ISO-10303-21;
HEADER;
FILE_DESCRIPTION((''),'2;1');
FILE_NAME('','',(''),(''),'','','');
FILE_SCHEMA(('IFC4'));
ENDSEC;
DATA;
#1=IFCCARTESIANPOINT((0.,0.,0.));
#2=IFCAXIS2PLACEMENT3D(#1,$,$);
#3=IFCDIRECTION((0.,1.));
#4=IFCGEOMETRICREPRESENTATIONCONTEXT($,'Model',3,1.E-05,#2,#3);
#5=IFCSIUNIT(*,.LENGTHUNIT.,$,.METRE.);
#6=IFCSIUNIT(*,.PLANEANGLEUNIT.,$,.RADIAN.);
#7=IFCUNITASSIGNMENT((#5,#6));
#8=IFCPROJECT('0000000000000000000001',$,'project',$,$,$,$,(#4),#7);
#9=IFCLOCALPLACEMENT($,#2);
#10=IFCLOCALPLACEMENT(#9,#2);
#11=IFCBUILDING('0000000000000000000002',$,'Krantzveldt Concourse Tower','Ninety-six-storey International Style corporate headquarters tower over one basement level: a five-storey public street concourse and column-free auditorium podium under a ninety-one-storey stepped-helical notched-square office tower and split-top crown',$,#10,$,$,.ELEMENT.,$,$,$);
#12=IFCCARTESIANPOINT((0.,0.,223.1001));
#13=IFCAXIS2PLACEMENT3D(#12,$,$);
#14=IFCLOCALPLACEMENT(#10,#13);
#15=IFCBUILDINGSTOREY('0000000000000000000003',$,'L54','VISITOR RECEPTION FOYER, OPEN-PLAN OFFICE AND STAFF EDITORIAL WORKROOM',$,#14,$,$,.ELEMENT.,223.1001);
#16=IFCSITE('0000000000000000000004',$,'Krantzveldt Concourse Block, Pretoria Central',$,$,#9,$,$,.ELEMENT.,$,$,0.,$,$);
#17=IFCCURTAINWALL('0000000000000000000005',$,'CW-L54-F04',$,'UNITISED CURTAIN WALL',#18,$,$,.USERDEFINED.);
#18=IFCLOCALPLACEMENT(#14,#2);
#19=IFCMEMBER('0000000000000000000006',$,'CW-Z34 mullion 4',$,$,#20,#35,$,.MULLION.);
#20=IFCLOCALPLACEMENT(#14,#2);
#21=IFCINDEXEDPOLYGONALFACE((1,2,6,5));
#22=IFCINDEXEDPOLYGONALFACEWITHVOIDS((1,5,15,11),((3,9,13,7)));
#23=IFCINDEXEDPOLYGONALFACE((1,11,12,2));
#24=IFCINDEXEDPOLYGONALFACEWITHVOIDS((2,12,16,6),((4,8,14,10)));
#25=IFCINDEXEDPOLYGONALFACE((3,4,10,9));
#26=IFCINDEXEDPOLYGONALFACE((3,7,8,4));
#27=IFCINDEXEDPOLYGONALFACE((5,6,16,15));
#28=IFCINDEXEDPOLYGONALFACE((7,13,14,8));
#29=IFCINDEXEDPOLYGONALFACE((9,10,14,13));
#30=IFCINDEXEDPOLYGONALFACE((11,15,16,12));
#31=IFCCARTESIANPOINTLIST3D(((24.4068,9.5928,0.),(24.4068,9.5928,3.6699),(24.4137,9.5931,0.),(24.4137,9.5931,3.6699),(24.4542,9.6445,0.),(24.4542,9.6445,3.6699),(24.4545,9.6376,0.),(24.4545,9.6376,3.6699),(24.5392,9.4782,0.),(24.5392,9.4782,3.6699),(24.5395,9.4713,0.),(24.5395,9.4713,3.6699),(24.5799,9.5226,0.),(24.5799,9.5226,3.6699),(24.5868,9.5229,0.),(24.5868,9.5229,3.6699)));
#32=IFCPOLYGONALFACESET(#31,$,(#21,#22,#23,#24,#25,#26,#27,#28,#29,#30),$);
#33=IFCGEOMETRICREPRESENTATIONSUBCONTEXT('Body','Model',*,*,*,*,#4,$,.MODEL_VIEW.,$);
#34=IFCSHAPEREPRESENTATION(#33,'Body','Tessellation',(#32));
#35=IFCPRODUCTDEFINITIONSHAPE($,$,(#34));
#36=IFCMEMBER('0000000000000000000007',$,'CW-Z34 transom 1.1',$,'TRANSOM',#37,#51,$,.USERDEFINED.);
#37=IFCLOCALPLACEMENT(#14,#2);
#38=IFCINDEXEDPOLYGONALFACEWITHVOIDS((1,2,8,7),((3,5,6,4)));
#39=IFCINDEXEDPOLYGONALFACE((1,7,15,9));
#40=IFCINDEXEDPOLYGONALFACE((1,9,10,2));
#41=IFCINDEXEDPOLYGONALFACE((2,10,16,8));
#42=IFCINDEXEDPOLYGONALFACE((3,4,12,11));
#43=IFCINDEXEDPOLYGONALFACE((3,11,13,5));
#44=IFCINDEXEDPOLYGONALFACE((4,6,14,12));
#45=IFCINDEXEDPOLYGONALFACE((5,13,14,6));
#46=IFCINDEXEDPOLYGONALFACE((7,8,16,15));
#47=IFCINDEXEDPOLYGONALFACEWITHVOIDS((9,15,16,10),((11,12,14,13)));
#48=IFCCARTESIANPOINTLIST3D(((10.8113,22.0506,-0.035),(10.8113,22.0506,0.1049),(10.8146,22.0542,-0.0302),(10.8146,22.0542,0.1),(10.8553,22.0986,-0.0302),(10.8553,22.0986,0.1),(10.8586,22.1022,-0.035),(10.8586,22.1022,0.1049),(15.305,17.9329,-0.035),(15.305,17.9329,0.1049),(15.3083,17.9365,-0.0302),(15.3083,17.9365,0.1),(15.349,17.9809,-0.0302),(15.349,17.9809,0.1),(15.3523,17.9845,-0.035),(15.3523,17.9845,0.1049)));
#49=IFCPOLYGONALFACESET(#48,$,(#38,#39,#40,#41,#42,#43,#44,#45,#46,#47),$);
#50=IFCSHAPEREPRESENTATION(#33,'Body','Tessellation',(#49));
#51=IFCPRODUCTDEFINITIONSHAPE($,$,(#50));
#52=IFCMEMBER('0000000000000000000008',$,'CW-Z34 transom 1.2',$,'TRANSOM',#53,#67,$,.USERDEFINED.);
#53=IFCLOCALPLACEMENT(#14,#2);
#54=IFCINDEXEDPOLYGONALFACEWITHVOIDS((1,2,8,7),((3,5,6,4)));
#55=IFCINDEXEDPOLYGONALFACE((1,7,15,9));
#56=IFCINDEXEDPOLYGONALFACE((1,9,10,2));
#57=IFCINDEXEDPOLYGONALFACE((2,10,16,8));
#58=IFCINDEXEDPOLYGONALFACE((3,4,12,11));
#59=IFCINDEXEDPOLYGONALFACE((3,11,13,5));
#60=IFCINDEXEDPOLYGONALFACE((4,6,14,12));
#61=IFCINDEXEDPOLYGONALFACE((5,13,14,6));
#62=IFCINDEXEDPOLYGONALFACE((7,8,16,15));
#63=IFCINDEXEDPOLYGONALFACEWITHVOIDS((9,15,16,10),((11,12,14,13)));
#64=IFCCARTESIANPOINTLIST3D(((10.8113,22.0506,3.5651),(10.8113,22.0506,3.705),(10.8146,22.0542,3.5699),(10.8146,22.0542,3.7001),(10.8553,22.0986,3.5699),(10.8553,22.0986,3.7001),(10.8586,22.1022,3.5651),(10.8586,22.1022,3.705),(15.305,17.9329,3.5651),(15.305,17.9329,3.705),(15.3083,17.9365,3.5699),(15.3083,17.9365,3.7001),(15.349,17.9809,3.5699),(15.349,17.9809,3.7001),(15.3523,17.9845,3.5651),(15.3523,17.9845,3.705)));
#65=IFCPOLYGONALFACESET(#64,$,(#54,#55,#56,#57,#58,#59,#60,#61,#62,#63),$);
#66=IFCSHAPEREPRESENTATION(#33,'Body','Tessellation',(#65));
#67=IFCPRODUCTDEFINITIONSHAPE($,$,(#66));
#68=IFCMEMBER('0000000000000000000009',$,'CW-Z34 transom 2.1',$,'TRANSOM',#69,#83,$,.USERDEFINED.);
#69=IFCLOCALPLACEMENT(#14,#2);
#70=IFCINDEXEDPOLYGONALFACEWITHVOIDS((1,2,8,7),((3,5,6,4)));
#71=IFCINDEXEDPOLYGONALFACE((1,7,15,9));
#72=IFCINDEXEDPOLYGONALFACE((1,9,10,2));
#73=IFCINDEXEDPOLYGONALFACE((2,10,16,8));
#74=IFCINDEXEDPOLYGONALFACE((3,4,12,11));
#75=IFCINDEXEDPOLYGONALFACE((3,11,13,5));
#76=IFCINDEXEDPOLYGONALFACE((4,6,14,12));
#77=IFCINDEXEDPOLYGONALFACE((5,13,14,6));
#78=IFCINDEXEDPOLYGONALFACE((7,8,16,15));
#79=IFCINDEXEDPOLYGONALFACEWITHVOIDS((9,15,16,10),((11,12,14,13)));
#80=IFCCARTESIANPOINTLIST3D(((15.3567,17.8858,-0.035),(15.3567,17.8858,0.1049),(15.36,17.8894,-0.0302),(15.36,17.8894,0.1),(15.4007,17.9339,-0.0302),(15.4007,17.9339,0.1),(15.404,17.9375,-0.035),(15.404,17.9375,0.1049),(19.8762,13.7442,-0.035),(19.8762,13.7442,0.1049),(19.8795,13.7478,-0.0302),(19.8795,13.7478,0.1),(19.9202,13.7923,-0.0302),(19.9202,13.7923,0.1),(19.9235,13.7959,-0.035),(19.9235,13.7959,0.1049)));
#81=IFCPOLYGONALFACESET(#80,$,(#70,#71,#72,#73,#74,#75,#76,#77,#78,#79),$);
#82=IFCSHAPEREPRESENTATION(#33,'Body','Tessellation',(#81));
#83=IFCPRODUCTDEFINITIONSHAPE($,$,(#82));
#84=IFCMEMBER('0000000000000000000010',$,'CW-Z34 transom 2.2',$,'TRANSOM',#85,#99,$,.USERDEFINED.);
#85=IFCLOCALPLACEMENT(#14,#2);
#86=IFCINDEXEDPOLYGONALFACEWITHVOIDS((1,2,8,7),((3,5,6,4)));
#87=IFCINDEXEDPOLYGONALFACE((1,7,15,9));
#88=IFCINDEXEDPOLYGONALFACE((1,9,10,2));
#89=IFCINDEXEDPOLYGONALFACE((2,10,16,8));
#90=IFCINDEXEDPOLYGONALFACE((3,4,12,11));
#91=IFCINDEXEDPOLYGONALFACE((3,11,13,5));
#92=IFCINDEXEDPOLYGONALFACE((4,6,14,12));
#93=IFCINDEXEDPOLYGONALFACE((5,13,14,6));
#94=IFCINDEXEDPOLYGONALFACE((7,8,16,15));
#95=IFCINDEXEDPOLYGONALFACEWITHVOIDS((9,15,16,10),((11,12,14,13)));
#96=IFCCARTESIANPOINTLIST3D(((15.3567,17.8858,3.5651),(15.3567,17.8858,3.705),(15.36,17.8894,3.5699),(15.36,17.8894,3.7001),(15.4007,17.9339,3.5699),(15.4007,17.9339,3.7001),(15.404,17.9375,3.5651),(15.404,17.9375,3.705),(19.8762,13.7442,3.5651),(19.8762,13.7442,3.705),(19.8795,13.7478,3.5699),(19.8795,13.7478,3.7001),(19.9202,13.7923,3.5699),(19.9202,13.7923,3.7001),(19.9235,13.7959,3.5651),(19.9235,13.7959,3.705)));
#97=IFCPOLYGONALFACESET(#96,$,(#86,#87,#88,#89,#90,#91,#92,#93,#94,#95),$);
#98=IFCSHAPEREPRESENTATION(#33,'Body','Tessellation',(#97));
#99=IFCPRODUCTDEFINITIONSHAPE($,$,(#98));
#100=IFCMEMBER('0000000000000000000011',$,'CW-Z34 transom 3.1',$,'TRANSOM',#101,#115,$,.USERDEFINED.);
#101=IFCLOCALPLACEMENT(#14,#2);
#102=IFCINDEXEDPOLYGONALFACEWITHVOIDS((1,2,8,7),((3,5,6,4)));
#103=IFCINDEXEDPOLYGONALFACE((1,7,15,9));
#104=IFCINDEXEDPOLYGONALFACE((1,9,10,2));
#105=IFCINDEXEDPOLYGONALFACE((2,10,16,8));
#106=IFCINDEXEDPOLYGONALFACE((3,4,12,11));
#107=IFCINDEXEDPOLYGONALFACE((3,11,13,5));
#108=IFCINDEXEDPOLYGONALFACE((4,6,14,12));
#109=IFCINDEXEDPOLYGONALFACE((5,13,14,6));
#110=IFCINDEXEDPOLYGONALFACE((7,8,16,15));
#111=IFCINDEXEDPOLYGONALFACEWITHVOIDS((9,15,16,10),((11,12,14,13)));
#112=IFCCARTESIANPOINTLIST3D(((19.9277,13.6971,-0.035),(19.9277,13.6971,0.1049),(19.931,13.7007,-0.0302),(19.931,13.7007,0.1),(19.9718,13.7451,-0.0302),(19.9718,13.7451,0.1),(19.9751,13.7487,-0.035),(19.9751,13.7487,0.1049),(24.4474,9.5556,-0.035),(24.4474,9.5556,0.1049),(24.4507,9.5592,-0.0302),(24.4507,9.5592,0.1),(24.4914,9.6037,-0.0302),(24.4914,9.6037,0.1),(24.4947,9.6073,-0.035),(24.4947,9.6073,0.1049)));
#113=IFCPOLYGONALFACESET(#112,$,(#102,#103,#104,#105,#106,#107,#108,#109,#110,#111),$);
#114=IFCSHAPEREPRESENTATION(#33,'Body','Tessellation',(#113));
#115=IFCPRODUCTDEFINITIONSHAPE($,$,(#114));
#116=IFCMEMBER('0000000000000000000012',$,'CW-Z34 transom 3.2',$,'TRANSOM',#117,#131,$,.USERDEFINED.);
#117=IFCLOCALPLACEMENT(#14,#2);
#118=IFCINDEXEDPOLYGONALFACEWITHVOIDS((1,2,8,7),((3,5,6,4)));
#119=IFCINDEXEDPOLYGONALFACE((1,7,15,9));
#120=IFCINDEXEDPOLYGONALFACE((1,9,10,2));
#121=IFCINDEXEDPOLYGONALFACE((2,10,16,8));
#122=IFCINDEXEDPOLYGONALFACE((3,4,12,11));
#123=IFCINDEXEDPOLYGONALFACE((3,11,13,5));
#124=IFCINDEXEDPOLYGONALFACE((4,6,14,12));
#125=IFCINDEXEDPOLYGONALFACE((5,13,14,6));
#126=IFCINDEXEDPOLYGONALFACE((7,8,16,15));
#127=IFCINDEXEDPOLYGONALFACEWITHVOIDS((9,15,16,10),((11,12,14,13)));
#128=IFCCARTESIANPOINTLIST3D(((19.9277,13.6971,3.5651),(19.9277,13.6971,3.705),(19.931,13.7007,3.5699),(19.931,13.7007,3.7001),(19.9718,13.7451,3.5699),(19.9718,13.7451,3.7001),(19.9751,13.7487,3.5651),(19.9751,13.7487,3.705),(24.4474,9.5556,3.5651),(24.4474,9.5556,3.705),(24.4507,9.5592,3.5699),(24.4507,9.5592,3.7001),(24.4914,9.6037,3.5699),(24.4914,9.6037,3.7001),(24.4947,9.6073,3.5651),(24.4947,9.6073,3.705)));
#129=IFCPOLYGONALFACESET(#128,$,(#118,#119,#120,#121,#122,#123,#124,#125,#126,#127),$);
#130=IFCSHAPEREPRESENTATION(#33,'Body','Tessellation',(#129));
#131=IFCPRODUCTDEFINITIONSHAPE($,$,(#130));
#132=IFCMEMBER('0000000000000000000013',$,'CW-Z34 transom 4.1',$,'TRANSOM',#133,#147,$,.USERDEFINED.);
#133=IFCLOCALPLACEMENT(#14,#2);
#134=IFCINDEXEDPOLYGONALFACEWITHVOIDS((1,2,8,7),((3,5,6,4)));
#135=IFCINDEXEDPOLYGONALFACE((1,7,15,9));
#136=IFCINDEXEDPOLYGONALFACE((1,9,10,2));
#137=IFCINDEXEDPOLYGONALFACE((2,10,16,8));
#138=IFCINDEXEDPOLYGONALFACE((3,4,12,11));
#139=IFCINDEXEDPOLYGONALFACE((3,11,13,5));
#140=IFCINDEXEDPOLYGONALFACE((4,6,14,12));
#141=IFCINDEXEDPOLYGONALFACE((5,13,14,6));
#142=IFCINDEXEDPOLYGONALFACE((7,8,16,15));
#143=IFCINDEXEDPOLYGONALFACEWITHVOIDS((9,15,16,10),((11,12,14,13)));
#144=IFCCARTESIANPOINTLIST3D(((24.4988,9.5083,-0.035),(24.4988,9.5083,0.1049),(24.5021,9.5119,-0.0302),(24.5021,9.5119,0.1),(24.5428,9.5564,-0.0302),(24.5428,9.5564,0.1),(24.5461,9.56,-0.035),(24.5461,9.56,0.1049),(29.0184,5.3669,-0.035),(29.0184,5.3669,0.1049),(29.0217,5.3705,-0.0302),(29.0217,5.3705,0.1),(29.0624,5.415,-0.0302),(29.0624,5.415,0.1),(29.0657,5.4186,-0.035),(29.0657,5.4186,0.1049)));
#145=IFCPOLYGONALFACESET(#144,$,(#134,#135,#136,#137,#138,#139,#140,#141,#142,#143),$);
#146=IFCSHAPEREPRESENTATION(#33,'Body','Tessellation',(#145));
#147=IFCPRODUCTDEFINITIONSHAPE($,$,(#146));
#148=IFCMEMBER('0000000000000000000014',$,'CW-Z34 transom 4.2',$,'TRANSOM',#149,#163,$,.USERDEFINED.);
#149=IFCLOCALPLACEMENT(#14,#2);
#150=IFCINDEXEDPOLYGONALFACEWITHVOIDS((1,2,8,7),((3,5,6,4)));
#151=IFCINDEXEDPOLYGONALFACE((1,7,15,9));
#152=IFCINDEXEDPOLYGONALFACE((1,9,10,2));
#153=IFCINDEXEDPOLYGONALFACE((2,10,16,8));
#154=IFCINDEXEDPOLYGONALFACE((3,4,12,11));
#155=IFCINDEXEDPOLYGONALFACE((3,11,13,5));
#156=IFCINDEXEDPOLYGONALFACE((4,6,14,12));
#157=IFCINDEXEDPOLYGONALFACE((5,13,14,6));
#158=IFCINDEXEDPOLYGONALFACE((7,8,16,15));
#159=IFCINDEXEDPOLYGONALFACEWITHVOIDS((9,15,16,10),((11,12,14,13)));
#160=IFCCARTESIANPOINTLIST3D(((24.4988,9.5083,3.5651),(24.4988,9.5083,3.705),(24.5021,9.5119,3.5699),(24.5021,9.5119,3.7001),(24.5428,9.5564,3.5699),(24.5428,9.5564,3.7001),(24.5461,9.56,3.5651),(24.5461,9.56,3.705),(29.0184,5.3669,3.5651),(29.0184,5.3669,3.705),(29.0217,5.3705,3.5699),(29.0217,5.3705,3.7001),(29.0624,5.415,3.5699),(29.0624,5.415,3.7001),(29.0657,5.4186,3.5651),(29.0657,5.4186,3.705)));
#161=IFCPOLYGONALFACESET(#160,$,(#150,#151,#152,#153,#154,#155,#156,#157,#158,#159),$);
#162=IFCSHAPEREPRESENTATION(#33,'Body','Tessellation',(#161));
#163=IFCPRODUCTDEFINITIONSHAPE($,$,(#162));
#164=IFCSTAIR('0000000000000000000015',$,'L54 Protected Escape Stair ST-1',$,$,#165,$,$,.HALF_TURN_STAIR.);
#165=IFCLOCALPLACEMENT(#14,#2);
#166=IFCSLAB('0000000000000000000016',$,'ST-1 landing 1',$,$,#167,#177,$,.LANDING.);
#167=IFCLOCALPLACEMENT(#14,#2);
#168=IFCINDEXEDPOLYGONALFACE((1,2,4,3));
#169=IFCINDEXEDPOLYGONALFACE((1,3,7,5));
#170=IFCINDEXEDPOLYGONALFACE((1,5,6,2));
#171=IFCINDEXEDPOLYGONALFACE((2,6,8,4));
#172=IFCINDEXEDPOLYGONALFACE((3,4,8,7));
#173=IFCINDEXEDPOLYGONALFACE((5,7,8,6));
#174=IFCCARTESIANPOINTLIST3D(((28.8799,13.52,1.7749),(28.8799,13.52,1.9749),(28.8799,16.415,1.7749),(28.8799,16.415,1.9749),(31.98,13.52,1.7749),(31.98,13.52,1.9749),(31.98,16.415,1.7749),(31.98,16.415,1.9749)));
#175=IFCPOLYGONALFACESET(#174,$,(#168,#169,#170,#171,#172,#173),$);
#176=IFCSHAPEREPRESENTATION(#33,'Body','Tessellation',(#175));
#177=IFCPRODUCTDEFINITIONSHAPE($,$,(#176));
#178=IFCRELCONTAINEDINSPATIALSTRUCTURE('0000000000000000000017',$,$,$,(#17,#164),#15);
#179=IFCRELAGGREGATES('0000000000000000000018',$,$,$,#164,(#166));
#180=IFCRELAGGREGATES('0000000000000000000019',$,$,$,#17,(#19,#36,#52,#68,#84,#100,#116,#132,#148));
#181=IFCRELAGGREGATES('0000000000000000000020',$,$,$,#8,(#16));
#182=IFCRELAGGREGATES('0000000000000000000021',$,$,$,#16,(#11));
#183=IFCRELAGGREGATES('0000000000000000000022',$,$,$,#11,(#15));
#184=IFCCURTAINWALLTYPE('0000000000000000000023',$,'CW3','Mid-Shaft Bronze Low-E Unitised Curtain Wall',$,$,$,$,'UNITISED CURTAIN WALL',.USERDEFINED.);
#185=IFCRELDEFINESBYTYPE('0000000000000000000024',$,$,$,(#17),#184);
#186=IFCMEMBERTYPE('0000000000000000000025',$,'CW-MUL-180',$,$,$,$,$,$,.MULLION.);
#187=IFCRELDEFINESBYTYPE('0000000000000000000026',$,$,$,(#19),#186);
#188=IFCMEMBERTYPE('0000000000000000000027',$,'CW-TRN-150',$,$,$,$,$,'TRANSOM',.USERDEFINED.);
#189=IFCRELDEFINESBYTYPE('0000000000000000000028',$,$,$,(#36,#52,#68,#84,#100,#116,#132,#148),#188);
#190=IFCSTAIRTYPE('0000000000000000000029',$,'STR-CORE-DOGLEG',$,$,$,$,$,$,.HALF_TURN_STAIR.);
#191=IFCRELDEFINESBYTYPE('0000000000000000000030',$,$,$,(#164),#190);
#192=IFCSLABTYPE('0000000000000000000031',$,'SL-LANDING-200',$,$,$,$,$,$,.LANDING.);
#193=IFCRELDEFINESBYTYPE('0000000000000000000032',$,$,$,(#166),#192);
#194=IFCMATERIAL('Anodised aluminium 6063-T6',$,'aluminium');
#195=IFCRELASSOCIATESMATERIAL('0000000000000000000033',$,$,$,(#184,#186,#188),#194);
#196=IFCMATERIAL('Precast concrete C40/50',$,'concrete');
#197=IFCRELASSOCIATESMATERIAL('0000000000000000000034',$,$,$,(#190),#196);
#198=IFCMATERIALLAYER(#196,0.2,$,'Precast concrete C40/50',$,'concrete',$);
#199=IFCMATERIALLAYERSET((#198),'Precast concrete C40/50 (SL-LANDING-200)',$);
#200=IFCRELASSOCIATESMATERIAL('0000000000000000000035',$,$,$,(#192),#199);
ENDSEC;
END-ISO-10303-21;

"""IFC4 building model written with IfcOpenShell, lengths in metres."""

from ifc_helpers import new_model, si_unit, direction, frame, origin, origin_2d, place, context, subcontext, project, spatial, polyline, hollow_rectangle, outline, extrude, source, transform, mapped, material, layer, layer_set, material_profile, profile_set, type_object, type_shapes, element, aggregate, save


model = new_model("IFC4")

# Units and contexts
model_context = context("Model", 3, precision=1e-05, world=origin(), true_north=direction((0.0, 1.0)))
body_context = subcontext(model_context, "Body", "Model", "MODEL_VIEW")
ifc_project = project(units=[si_unit("LENGTHUNIT", "METRE"), si_unit("PLANEANGLEUNIT", "RADIAN")], contexts=[model_context])

# Site, building, storey
site_placement = place(None, origin())
site = spatial("IfcSite", under=ifc_project, at=site_placement, Name="Krantzveldt Concourse Block, Pretoria Central", CompositionType="ELEMENT", RefElevation=0.0)
building_placement = place(site_placement, origin())
building = spatial("IfcBuilding", under=site, at=building_placement, Name="Krantzveldt Concourse Tower", Description="Ninety-six-storey International Style corporate headquarters tower over one basement level: a five-storey public street concourse and column-free auditorium podium under a ninety-one-storey stepped-helical notched-square office tower and split-top crown", CompositionType="ELEMENT")
storey_placement = place(building_placement, frame((0.0, 0.0, 223.1001)))
storey = spatial("IfcBuildingStorey", under=building, at=storey_placement, Name="L54", Description="VISITOR RECEPTION FOYER, OPEN-PLAN OFFICE AND STAFF EDITORIAL WORKROOM", CompositionType="ELEMENT", Elevation=223.1001)

# Curtain wall, members
ifc_material_1 = material(Name="Anodised aluminium 6063-T6", Category="aluminium")
curtain_wall_type = type_object("IfcCurtainWallType", Name="CW3", Description="Mid-Shaft Bronze Low-E Unitised Curtain Wall", ElementType="UNITISED CURTAIN WALL", PredefinedType="USERDEFINED", material=ifc_material_1)
curtain_wall_placement = place(storey_placement, origin())
curtain_wall = element("IfcCurtainWall", 1, at=curtain_wall_placement, inside=storey, type_object=curtain_wall_type, Name="CW-L54-F04", ObjectType="UNITISED CURTAIN WALL", PredefinedType="USERDEFINED")
ifc_material_profile_1 = material_profile(ifc_material_1, hollow_rectangle(XDim=0.0701, YDim=0.1799, WallThickness=0.0049, at=origin_2d()), Name="Anodised aluminium 6063-T6", Category="aluminium")
ifc_profile_set_1 = profile_set([ifc_material_profile_1], Name="Anodised aluminium 6063-T6 - ALU-MULL 180x70x5")
member_type_1 = type_object("IfcMemberType", Name="CW-MUL-180", PredefinedType="MULLION", material=ifc_profile_set_1)
shared_shape_1 = source(origin(), body_context, "Body", "SweptSolid", [
    extrude(hollow_rectangle(XDim=0.0701, YDim=0.1799, WallThickness=0.0049, at=origin_2d()), origin(), (0.0, 0.0, 1.0), 3.6699),
])
type_shapes(member_type_1, [shared_shape_1])
member_1_placement = place(storey_placement, frame((24.4968, 9.5579, 0.0), z_axis=(0.0, 0.0, 1.0), x_axis=(0.67559, 0.737277, 0.0)))
member_1 = element("IfcMember", 2, at=member_1_placement, type_object=member_type_1, Name="CW-Z34 mullion 4", PredefinedType="MULLION", context=body_context, shape_type="MappedRepresentation", body=[
    mapped(shared_shape_1, transform((0.0, 0.0, 0.0), x_axis=(1.0, 0.0, 0.0), y_axis=(0.0, 1.0, 0.0), z_axis=(0.0, 0.0, 1.0), scale=1.0)),
])
ifc_material_profile_2 = material_profile(ifc_material_1, hollow_rectangle(XDim=0.0701, YDim=0.1399, WallThickness=0.0049, at=origin_2d()), Name="Anodised aluminium 6063-T6", Category="aluminium")
ifc_profile_set_2 = profile_set([ifc_material_profile_2], Name="Anodised aluminium 6063-T6 - ALU-TRAN 140x70x5")
member_type_2 = type_object("IfcMemberType", Name="CW-TRN-150", ElementType="TRANSOM", PredefinedType="USERDEFINED", material=ifc_profile_set_2)
shared_shape_2 = source(origin(), body_context, "Body", "SweptSolid", [
    extrude(hollow_rectangle(XDim=0.0701, YDim=0.1399, WallThickness=0.0049, at=origin_2d()), origin(), (0.0, 0.0, 1.0), 6.095),
])
member_2_placement = place(storey_placement, frame((10.835, 22.0764, 0.0349), z_axis=(0.737277, -0.67559, 0.0), x_axis=(0.67559, 0.737277, 0.0)))
member_2 = element("IfcMember", 3, at=member_2_placement, type_object=member_type_2, Name="CW-Z34 transom 1.1", ObjectType="TRANSOM", PredefinedType="USERDEFINED", context=body_context, shape_type="MappedRepresentation", body=[
    mapped(shared_shape_2, transform((0.0, 0.0, 0.0), x_axis=(1.0, 0.0, 0.0), y_axis=(0.0, 1.0, 0.0), z_axis=(0.0, 0.0, 1.0), scale=1.0)),
])
member_3_placement = place(storey_placement, frame((10.835, 22.0764, 3.635), z_axis=(0.737277, -0.67559, 0.0), x_axis=(0.67559, 0.737277, 0.0)))
member_3 = element("IfcMember", 4, at=member_3_placement, type_object=member_type_2, Name="CW-Z34 transom 1.2", ObjectType="TRANSOM", PredefinedType="USERDEFINED", context=body_context, shape_type="MappedRepresentation", body=[
    mapped(shared_shape_2, transform((0.0, 0.0, 0.0), x_axis=(1.0, 0.0, 0.0), y_axis=(0.0, 1.0, 0.0), z_axis=(0.0, 0.0, 1.0), scale=1.0)),
])
shared_shape_3 = source(origin(), body_context, "Body", "SweptSolid", [
    extrude(hollow_rectangle(XDim=0.0701, YDim=0.1399, WallThickness=0.0049, at=origin_2d()), origin(), (0.0, 0.0, 1.0), 6.1301),
])
type_shapes(member_type_2, [shared_shape_2, shared_shape_3])
member_4_placement = place(storey_placement, frame((15.3804, 17.9116, 0.0349), z_axis=(0.73726, -0.675609, 0.0), x_axis=(0.675609, 0.73726, 0.0)))
member_4 = element("IfcMember", 5, at=member_4_placement, type_object=member_type_2, Name="CW-Z34 transom 2.1", ObjectType="TRANSOM", PredefinedType="USERDEFINED", context=body_context, shape_type="MappedRepresentation", body=[
    mapped(shared_shape_3, transform((0.0, 0.0, 0.0), x_axis=(1.0, 0.0, 0.0), y_axis=(0.0, 1.0, 0.0), z_axis=(0.0, 0.0, 1.0), scale=1.0)),
])
member_5_placement = place(storey_placement, frame((15.3804, 17.9116, 3.635), z_axis=(0.73726, -0.675609, 0.0), x_axis=(0.675609, 0.73726, 0.0)))
member_5 = element("IfcMember", 6, at=member_5_placement, type_object=member_type_2, Name="CW-Z34 transom 2.2", ObjectType="TRANSOM", PredefinedType="USERDEFINED", context=body_context, shape_type="MappedRepresentation", body=[
    mapped(shared_shape_3, transform((0.0, 0.0, 0.0), x_axis=(1.0, 0.0, 0.0), y_axis=(0.0, 1.0, 0.0), z_axis=(0.0, 0.0, 1.0), scale=1.0)),
])
member_6_placement = place(storey_placement, frame((19.9514, 13.7229, 0.0349), z_axis=(0.73728, -0.675588, 0.0), x_axis=(0.675588, 0.73728, 0.0)))
member_6 = element("IfcMember", 7, at=member_6_placement, type_object=member_type_2, Name="CW-Z34 transom 3.1", ObjectType="TRANSOM", PredefinedType="USERDEFINED", context=body_context, shape_type="MappedRepresentation", body=[
    mapped(shared_shape_3, transform((0.0, 0.0, 0.0), x_axis=(1.0, 0.0, 0.0), y_axis=(0.0, 1.0, 0.0), z_axis=(0.0, 0.0, 1.0), scale=1.0)),
])
member_7_placement = place(storey_placement, frame((19.9514, 13.7229, 3.635), z_axis=(0.73728, -0.675588, 0.0), x_axis=(0.675588, 0.73728, 0.0)))
member_7 = element("IfcMember", 8, at=member_7_placement, type_object=member_type_2, Name="CW-Z34 transom 3.2", ObjectType="TRANSOM", PredefinedType="USERDEFINED", context=body_context, shape_type="MappedRepresentation", body=[
    mapped(shared_shape_3, transform((0.0, 0.0, 0.0), x_axis=(1.0, 0.0, 0.0), y_axis=(0.0, 1.0, 0.0), z_axis=(0.0, 0.0, 1.0), scale=1.0)),
])
member_8_placement = place(storey_placement, frame((24.5225, 9.5342, 0.0349), z_axis=(0.73728, -0.675588, 0.0), x_axis=(0.675588, 0.73728, 0.0)))
member_8 = element("IfcMember", 9, at=member_8_placement, type_object=member_type_2, Name="CW-Z34 transom 4.1", ObjectType="TRANSOM", PredefinedType="USERDEFINED", context=body_context, shape_type="MappedRepresentation", body=[
    mapped(shared_shape_3, transform((0.0, 0.0, 0.0), x_axis=(1.0, 0.0, 0.0), y_axis=(0.0, 1.0, 0.0), z_axis=(0.0, 0.0, 1.0), scale=1.0)),
])
member_9_placement = place(storey_placement, frame((24.5225, 9.5342, 3.635), z_axis=(0.73728, -0.675588, 0.0), x_axis=(0.675588, 0.73728, 0.0)))
member_9 = element("IfcMember", 10, at=member_9_placement, type_object=member_type_2, Name="CW-Z34 transom 4.2", ObjectType="TRANSOM", PredefinedType="USERDEFINED", context=body_context, shape_type="MappedRepresentation", body=[
    mapped(shared_shape_3, transform((0.0, 0.0, 0.0), x_axis=(1.0, 0.0, 0.0), y_axis=(0.0, 1.0, 0.0), z_axis=(0.0, 0.0, 1.0), scale=1.0)),
])

# Stair, slab
ifc_material_2 = material(Name="Precast concrete C40/50", Category="concrete")
stair_type = type_object("IfcStairType", Name="STR-CORE-DOGLEG", PredefinedType="HALF_TURN_STAIR", material=ifc_material_2)
stair_1_placement = place(storey_placement, origin())
stair_1 = element("IfcStair", 11, at=stair_1_placement, inside=storey, type_object=stair_type, Name="L54 Protected Escape Stair ST-1", PredefinedType="HALF_TURN_STAIR")
ifc_layer_1 = layer(ifc_material_2, 0.2, Name="Precast concrete C40/50", Category="concrete")
ifc_layer_set_1 = layer_set([ifc_layer_1], Name="Precast concrete C40/50 (SL-LANDING-200)")
slab_type_1 = type_object("IfcSlabType", Name="SL-LANDING-200", PredefinedType="LANDING", material=ifc_layer_set_1)
slab_1_placement = place(storey_placement, frame((0.0, 0.0, 1.7749)))
slab_1 = element("IfcSlab", 12, at=slab_1_placement, type_object=slab_type_1, Name="ST-1 landing 1", PredefinedType="LANDING", context=body_context, shape_type="SweptSolid", body=[
    extrude(outline(polyline([(28.8799, 16.415), (28.8799, 13.52), (31.98, 13.52), (31.98, 16.415), (28.8799, 16.415)])), origin(), (0.0, 0.0, 1.0), 0.2),
])
aggregate(stair_1, [slab_1])

aggregate(curtain_wall, [member_1, member_2, member_3, member_4, member_5, member_6, member_7, member_8, member_9])

save(model, "model.ifc")
